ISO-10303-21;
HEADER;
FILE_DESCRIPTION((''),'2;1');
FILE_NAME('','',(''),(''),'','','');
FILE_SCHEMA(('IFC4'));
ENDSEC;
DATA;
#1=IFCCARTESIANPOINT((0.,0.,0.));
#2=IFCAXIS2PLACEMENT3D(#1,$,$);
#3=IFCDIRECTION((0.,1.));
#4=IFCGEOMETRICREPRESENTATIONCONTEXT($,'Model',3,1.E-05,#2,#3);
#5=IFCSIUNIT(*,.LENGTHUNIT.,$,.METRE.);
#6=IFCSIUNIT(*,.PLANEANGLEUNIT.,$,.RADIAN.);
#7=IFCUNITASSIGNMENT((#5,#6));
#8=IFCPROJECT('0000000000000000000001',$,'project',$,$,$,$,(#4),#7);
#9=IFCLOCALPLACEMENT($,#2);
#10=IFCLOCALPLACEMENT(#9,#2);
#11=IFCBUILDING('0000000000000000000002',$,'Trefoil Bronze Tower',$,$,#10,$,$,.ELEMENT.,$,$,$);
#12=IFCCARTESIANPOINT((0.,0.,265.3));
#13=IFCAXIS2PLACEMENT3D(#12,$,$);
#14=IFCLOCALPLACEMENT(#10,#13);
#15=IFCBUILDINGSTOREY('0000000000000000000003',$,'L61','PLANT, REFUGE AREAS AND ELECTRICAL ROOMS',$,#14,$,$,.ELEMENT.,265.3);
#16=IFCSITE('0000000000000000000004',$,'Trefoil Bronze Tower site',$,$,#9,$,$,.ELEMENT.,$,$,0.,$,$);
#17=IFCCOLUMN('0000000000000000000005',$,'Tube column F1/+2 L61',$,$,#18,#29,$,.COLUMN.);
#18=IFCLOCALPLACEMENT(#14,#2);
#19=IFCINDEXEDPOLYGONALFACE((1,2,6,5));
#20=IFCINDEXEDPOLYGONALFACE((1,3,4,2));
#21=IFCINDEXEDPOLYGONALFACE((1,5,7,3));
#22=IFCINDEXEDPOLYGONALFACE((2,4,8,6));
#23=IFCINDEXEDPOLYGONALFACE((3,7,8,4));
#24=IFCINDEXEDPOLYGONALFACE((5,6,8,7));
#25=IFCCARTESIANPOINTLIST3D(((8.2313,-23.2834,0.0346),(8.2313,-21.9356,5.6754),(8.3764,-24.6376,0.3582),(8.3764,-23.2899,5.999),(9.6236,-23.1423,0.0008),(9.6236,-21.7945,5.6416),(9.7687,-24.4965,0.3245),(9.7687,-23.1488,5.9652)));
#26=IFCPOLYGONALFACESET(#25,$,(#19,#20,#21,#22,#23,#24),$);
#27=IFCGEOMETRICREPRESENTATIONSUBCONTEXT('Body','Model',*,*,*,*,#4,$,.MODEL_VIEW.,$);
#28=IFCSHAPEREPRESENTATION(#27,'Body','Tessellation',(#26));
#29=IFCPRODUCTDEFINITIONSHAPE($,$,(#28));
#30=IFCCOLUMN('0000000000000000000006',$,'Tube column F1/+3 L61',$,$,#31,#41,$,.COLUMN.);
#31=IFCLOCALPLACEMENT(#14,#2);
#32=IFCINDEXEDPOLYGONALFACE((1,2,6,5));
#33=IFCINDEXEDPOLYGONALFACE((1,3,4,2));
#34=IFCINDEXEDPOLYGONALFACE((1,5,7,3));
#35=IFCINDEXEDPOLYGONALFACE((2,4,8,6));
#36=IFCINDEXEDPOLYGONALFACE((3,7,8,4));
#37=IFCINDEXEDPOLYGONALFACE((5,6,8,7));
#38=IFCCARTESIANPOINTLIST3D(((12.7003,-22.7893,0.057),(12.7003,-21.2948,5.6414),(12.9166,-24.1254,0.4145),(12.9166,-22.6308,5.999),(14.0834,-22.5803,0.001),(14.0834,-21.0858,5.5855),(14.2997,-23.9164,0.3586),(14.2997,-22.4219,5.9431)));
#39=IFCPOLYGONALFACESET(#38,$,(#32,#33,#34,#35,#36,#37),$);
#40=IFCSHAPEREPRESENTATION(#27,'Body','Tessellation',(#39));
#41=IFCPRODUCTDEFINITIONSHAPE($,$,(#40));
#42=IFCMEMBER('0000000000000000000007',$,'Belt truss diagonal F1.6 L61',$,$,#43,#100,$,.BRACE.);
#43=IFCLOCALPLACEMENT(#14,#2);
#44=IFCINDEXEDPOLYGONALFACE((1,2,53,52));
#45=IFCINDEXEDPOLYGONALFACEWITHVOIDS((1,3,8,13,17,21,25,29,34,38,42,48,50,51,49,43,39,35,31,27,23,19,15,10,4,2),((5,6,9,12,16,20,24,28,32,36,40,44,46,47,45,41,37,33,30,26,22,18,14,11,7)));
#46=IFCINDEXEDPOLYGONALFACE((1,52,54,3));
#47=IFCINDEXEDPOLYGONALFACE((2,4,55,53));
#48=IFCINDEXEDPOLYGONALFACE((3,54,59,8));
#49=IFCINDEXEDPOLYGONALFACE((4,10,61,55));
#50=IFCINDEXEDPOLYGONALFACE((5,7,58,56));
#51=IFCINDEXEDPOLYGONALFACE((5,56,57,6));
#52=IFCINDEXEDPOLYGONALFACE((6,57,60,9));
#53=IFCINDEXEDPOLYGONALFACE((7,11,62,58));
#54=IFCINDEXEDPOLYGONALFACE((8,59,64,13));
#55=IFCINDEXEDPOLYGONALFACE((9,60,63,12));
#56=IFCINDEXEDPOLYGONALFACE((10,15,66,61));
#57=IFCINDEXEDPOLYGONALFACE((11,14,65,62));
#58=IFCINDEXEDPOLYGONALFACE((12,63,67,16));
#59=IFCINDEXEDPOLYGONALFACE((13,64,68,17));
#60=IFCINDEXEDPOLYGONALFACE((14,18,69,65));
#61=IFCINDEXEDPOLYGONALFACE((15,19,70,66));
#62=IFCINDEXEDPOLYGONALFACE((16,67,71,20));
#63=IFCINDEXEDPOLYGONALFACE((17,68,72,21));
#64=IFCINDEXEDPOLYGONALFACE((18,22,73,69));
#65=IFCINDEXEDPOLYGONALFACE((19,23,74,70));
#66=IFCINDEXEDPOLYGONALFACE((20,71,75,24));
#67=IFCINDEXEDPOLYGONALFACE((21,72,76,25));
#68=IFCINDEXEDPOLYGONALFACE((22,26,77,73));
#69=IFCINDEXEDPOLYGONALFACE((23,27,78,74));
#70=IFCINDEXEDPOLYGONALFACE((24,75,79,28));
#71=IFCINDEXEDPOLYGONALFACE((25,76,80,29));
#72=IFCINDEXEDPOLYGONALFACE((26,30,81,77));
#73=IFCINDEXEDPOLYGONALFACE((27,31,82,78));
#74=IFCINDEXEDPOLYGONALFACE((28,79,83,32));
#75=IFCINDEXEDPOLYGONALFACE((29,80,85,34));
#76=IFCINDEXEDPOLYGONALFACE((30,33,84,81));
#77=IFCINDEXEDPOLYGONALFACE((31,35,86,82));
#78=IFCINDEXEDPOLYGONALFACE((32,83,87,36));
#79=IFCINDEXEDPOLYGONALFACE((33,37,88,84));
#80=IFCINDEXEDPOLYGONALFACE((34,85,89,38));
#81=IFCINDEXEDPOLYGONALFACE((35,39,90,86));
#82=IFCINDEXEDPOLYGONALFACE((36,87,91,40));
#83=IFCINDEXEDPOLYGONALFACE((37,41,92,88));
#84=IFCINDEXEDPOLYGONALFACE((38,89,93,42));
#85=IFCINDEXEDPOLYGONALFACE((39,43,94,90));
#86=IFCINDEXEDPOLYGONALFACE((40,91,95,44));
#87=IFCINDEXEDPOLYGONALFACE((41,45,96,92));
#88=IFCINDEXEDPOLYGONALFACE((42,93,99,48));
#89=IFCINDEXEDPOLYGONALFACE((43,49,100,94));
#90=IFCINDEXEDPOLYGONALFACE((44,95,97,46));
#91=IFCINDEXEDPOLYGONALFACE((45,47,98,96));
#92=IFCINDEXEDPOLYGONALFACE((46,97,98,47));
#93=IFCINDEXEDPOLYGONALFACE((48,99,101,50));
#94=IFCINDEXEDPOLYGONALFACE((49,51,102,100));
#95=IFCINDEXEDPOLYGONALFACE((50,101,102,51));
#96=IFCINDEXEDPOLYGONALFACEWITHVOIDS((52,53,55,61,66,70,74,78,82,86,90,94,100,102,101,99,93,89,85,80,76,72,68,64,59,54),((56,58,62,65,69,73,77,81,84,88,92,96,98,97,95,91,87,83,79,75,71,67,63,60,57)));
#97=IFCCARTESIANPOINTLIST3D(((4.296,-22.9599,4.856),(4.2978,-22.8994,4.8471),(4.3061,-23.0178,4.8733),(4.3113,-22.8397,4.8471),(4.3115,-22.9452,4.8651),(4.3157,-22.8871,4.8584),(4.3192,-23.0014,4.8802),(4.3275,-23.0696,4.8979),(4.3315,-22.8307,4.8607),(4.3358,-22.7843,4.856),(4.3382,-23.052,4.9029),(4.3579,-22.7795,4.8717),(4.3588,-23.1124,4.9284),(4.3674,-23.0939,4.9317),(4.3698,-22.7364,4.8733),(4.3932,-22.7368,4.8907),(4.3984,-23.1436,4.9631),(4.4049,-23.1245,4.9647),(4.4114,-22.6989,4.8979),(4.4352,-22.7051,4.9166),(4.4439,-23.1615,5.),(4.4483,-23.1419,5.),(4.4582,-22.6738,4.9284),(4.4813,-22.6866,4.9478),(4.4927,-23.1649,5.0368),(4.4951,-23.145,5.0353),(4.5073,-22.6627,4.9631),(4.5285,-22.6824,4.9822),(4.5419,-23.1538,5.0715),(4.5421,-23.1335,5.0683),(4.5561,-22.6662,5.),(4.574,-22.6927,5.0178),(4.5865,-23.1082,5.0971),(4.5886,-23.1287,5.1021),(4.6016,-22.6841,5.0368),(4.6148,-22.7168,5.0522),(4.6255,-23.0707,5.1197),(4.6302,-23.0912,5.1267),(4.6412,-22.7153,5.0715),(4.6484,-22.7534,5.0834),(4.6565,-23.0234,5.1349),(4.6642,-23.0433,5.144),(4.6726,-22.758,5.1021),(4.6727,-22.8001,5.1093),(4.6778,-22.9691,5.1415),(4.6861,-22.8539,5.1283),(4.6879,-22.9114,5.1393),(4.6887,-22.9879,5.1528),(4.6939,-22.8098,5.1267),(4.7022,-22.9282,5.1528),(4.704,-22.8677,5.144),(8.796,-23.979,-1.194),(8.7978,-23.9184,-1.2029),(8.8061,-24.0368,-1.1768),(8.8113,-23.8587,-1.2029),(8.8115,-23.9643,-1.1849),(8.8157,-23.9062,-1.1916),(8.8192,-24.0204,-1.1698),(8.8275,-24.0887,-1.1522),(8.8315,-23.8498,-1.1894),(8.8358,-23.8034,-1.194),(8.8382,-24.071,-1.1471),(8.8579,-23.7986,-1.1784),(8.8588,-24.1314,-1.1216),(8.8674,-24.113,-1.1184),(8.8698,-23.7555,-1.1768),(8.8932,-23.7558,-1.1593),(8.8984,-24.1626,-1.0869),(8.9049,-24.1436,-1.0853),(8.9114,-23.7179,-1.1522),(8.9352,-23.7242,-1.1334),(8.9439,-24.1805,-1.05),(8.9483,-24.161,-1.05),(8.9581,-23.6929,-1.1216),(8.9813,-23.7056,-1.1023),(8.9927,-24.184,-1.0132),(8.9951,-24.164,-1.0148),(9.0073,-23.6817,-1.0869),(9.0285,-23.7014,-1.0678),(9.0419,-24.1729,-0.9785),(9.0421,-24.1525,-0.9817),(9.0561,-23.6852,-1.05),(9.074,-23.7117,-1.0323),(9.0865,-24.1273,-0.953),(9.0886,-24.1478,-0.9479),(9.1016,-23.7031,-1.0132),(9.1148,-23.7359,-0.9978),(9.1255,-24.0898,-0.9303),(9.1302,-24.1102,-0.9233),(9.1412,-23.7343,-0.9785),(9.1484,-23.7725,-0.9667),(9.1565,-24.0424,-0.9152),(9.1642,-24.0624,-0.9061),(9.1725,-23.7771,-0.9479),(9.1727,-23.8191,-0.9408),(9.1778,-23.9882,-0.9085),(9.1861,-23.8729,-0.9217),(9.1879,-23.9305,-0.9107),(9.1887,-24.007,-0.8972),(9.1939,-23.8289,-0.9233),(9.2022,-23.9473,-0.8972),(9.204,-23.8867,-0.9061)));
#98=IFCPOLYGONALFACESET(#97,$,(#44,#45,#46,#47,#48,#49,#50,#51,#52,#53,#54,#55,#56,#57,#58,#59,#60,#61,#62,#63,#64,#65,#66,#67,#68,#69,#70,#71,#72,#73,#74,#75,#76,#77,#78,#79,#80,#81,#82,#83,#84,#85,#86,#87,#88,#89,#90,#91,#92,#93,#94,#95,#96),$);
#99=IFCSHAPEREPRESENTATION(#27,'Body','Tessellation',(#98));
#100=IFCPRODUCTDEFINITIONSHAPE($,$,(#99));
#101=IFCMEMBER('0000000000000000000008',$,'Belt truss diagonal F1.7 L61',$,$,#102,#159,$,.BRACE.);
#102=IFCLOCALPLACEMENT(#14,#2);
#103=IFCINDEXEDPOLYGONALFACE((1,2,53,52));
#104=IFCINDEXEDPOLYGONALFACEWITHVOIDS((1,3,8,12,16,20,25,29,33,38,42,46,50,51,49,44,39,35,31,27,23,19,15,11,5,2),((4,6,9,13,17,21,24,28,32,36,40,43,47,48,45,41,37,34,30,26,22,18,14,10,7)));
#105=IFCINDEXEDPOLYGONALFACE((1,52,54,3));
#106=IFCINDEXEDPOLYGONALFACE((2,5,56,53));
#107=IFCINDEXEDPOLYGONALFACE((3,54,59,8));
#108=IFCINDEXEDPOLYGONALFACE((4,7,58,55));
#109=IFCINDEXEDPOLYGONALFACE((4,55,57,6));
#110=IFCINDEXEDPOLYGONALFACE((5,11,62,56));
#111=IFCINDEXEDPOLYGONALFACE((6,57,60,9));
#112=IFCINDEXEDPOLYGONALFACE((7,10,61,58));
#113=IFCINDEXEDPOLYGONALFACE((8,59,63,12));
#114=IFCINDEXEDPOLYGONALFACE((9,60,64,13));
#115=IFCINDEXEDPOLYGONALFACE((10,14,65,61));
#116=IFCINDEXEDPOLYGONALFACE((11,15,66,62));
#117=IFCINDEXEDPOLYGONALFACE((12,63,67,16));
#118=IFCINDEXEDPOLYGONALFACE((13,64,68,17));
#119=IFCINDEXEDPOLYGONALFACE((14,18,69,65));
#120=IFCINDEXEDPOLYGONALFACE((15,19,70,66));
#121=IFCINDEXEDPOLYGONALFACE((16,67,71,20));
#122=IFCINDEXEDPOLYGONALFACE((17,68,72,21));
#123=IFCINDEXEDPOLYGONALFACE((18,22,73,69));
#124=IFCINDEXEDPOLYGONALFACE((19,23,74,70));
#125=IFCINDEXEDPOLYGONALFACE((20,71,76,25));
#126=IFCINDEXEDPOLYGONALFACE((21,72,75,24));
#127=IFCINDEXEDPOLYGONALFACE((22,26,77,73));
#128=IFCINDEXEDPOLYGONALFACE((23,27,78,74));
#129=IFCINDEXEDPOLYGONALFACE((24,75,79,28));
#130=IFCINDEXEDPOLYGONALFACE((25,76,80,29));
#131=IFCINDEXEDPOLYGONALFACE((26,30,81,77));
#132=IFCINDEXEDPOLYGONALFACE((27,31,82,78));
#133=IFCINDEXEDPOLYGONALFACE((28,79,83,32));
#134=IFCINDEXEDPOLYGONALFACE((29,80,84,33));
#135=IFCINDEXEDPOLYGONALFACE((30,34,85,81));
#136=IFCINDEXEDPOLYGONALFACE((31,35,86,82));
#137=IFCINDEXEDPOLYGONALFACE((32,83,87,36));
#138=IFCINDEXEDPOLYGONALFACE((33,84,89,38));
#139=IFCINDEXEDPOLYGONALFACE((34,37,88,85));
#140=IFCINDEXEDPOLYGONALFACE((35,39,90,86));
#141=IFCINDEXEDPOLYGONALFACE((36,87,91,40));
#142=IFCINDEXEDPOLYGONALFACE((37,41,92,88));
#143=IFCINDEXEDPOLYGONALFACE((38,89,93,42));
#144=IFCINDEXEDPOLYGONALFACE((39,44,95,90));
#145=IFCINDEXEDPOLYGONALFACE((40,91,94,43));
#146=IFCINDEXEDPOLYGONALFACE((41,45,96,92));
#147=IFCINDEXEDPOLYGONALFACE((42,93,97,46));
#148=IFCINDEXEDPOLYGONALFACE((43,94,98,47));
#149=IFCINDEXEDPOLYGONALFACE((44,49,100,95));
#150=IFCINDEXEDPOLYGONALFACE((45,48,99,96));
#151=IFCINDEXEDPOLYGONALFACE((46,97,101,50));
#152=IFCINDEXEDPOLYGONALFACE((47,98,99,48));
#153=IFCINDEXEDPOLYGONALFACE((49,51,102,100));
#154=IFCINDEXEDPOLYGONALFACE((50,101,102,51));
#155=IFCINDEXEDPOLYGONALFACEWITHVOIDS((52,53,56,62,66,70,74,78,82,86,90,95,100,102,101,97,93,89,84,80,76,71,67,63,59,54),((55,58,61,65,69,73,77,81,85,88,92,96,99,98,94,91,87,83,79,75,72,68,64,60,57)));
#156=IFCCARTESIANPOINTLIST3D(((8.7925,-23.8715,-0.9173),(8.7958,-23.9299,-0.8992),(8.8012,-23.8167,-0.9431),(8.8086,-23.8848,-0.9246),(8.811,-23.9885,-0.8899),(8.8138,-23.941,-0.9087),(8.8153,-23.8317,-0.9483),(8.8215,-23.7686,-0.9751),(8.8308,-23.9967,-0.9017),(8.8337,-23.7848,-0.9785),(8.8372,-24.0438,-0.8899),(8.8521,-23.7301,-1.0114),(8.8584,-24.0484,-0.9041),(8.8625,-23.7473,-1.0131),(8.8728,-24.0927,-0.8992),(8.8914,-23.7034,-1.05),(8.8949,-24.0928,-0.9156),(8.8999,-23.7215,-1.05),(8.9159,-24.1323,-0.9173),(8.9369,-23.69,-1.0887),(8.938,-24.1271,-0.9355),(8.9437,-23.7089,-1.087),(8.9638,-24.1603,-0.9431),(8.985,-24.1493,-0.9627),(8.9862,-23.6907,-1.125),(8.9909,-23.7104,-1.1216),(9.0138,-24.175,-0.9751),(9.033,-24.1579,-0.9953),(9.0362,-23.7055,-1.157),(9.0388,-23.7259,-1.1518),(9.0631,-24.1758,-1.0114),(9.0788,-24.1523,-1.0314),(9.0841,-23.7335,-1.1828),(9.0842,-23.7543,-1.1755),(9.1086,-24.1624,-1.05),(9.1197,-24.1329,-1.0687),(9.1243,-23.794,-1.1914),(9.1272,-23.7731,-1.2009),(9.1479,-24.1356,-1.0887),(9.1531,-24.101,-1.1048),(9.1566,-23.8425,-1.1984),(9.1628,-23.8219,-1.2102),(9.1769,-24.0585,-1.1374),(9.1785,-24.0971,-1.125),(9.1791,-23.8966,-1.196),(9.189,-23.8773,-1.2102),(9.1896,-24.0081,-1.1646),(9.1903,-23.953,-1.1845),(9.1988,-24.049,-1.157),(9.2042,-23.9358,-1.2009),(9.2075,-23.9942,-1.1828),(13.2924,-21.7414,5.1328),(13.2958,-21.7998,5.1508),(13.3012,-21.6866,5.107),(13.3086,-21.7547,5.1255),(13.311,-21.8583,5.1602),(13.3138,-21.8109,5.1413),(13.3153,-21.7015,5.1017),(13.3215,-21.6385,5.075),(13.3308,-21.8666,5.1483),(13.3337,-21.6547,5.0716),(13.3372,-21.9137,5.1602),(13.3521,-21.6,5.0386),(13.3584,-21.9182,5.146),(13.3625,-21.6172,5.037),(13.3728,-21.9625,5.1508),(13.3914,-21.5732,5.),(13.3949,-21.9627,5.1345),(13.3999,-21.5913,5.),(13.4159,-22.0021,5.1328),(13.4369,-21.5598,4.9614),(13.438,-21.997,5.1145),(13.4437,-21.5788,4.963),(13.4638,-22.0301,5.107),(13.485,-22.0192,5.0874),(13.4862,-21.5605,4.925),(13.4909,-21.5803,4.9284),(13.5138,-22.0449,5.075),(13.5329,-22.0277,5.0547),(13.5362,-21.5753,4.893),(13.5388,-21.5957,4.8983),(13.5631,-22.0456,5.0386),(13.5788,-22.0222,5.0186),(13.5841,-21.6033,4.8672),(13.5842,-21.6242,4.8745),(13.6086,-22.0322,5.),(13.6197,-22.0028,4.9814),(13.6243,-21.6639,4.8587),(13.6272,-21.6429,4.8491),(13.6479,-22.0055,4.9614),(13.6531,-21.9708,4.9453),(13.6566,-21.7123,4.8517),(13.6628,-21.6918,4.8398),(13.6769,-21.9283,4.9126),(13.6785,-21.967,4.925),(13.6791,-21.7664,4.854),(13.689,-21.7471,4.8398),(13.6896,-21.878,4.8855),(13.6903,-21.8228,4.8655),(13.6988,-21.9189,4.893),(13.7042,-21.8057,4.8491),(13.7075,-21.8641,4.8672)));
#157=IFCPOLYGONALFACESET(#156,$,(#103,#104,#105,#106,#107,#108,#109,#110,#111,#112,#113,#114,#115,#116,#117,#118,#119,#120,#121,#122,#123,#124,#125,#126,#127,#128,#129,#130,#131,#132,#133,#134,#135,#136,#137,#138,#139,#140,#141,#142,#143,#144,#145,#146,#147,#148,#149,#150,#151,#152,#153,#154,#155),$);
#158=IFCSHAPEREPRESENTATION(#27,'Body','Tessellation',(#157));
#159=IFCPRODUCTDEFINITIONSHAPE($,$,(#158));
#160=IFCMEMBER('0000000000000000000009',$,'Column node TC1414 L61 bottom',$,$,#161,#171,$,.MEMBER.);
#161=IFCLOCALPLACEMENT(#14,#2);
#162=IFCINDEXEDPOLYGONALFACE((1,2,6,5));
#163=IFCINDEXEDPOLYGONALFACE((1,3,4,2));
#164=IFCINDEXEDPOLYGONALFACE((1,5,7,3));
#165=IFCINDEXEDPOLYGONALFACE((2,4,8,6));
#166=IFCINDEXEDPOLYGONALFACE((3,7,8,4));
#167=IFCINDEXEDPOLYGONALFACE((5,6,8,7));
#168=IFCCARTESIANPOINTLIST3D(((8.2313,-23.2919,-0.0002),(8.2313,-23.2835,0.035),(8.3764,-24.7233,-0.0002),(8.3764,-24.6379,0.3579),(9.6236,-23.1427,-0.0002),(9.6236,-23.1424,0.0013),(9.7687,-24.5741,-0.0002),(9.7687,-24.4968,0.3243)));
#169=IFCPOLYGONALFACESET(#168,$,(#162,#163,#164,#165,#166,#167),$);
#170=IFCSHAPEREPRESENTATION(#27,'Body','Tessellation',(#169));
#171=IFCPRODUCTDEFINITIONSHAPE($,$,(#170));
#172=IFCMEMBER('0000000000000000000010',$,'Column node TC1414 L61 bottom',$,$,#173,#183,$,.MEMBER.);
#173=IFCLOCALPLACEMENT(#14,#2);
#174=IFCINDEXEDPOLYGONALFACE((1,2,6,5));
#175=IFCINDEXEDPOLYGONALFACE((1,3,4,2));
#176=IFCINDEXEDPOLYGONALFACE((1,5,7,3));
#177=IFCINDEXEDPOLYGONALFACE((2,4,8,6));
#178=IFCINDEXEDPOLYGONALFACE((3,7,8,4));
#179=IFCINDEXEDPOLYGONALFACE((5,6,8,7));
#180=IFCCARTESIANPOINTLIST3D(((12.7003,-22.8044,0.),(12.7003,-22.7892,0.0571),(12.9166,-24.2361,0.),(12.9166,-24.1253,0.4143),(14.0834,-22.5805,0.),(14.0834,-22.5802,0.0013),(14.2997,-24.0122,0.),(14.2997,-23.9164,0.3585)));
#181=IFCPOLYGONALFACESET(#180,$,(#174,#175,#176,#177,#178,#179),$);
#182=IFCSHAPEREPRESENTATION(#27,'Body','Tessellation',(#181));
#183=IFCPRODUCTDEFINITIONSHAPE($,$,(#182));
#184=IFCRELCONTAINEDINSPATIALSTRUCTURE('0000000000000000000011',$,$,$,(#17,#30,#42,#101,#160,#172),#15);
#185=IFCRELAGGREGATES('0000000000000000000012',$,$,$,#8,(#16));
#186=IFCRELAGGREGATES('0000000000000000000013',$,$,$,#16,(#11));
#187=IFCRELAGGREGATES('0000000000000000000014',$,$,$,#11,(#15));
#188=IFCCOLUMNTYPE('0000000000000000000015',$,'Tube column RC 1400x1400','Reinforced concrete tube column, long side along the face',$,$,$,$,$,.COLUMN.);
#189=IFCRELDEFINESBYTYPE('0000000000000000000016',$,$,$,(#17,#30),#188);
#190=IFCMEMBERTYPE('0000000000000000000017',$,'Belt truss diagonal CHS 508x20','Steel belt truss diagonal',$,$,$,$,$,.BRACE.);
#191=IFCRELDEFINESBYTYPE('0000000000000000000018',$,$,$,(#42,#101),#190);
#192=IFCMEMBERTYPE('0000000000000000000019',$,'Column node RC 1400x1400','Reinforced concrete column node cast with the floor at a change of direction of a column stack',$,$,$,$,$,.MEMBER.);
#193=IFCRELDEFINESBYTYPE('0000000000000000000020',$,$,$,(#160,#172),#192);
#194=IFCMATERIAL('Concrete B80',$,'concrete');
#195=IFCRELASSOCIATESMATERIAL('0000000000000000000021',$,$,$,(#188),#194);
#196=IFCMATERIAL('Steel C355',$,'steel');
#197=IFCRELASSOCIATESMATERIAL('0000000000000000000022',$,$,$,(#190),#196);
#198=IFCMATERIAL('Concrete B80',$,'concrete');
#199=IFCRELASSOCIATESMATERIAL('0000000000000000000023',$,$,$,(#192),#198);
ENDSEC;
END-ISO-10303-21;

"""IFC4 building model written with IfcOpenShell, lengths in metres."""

from ifc_helpers import new_model, si_unit, direction, frame, origin, origin_2d, place, context, subcontext, project, spatial, rectangle, hollow_circle, extrude, clip, halfspace, material, material_profile, profile_set, type_object, element, save


model = new_model("IFC4")

# Units and contexts
model_context = context("Model", 3, precision=1e-05, world=origin(), true_north=direction((0.0, 1.0)))
body_context = subcontext(model_context, "Body", "Model", "MODEL_VIEW")
ifc_project = project(units=[si_unit("LENGTHUNIT", "METRE"), si_unit("PLANEANGLEUNIT", "RADIAN")], contexts=[model_context])

# Site, building, storey
site_placement = place(None, origin())
site = spatial("IfcSite", under=ifc_project, at=site_placement, Name="Trefoil Bronze Tower site", CompositionType="ELEMENT", RefElevation=0.0)
building_placement = place(site_placement, origin())
building = spatial("IfcBuilding", under=site, at=building_placement, Name="Trefoil Bronze Tower", CompositionType="ELEMENT")
storey_placement = place(building_placement, frame((0.0, 0.0, 265.3)))
storey = spatial("IfcBuildingStorey", under=building, at=storey_placement, Name="L61", Description="PLANT, REFUGE AREAS AND ELECTRICAL ROOMS", CompositionType="ELEMENT", Elevation=265.3)

# Columns
ifc_material_1 = material(Name="Concrete B80", Category="concrete")
ifc_material_profile_1 = material_profile(ifc_material_1, rectangle(XDim=1.3999, YDim=1.3999, at=origin_2d()), Name="RC 1400x1400")
ifc_profile_set_1 = profile_set([ifc_material_profile_1], Name="Concrete B80")
column_type = type_object("IfcColumnType", Name="Tube column RC 1400x1400", Description="Reinforced concrete tube column, long side along the face", PredefinedType="COLUMN", material=ifc_profile_set_1)
column_1_placement = place(storey_placement, frame((9.0, -23.9329, 0.0), z_axis=(0.0, 0.232391, 0.972622), x_axis=(0.994615, 0.100799, -0.024084)))
element("IfcColumn", 1, at=column_1_placement, inside=storey, type_object=column_type, Name="Tube column F1/+2 L61", PredefinedType="COLUMN", context=body_context, shape_type="Clipping", body=[
    clip(clip(extrude(rectangle(XDim=1.3999, YDim=1.3999, at=origin_2d()), origin(), (0.0, 0.0, 1.0), 6.1689), halfspace(frame((0.0, 0.0, 0.1846), z_axis=(0.000003, 0.000033, 1.0), x_axis=(0.0, 1.0, -0.000033)), True)), halfspace(frame((0.0, 0.0, 5.9841), z_axis=(-0.000003, -0.000033, -1.0), x_axis=(0.0, -1.0, 0.000033)), True)),
])
column_2_placement = place(storey_placement, frame((13.5, -23.4084, 0.0), z_axis=(0.0, 0.258521, 0.966006), x_axis=(0.987992, 0.149254, -0.039943)))
element("IfcColumn", 2, at=column_2_placement, inside=storey, type_object=column_type, Name="Tube column F1/+3 L61", PredefinedType="COLUMN", context=body_context, shape_type="Clipping", body=[
    clip(clip(extrude(rectangle(XDim=1.3999, YDim=1.3999, at=origin_2d()), origin(), (0.0, 0.0, 1.0), 6.2112), halfspace(frame((0.0, 0.0, 0.2151), z_axis=(-0.000002, -0.00001, 1.0), x_axis=(0.0, 1.0, 0.00001)), True)), halfspace(frame((0.0, 0.0, 5.9961), z_axis=(0.000002, 0.00001, -1.0), x_axis=(0.0, -1.0, -0.00001)), True)),
])

# Members
ifc_material_2 = material(Name="Steel C355", Category="steel")
ifc_material_profile_2 = material_profile(ifc_material_2, hollow_circle(Radius=0.2539, WallThickness=0.02, at=origin_2d()), Name="CHS 508x20")
ifc_profile_set_2 = profile_set([ifc_material_profile_2], Name="Steel C355")
member_type_1 = type_object("IfcMemberType", Name="Belt truss diagonal CHS 508x20", Description="Steel belt truss diagonal", PredefinedType="BRACE", material=ifc_profile_set_2)
member_1_placement = place(storey_placement, frame((9.0, -23.9329, -1.05), z_axis=(-0.591432, 0.133932, 0.795154), x_axis=(-0.220862, -0.975305, 0.0)))
element("IfcMember", 3, at=member_1_placement, inside=storey, type_object=member_type_1, Name="Belt truss diagonal F1.6 L61", PredefinedType="BRACE", context=body_context, shape_type="SweptSolid", body=[
    extrude(hollow_circle(Radius=0.2539, WallThickness=0.02, at=origin_2d()), origin(), (0.0, 0.0, 1.0), 7.6086),
])
member_2_placement = place(storey_placement, frame((9.0, -23.9329, -1.05), z_axis=(0.57433, 0.271866, 0.772162), x_axis=(-0.427848, 0.903851, 0.0)))
element("IfcMember", 4, at=member_2_placement, inside=storey, type_object=member_type_1, Name="Belt truss diagonal F1.7 L61", PredefinedType="BRACE", context=body_context, shape_type="SweptSolid", body=[
    extrude(hollow_circle(Radius=0.2539, WallThickness=0.02, at=origin_2d()), origin(), (0.0, 0.0, 1.0), 7.8352),
])
ifc_material_3 = material(Name="Concrete B80", Category="concrete")
ifc_material_profile_3 = material_profile(ifc_material_3, rectangle(XDim=1.3999, YDim=1.3999, at=origin_2d()), Name="RC 1400x1400")
ifc_profile_set_3 = profile_set([ifc_material_profile_3], Name="Concrete B80")
member_type_2 = type_object("IfcMemberType", Name="Column node RC 1400x1400", Description="Reinforced concrete column node cast with the floor at a change of direction of a column stack", PredefinedType="MEMBER", material=ifc_profile_set_3)
member_3_placement = place(storey_placement, frame((9.0, -23.9758, -0.1797), z_axis=(0.0, 0.231948, 0.972728), x_axis=(0.994615, 0.10081, -0.024038)))
element("IfcMember", 5, at=member_3_placement, inside=storey, type_object=member_type_2, Name="Column node TC1414 L61 bottom", PredefinedType="MEMBER", context=body_context, shape_type="Clipping", body=[
    clip(extrude(rectangle(XDim=1.3999, YDim=1.3999, at=origin_2d()), origin(), (0.0, 0.0, 1.0), 0.3694), halfspace(frame((0.0, 0.0, 0.1846), z_axis=(-0.024038, -0.230699, 0.972728), x_axis=(0.0, 0.973009, 0.230766)), True)),
])
member_4_placement = place(storey_placement, frame((13.5, -23.4639, -0.2078), z_axis=(0.0, 0.258263, 0.966075), x_axis=(0.987992, 0.149265, -0.039903)))
element("IfcMember", 6, at=member_4_placement, inside=storey, type_object=member_type_2, Name="Column node TC1414 L61 bottom", PredefinedType="MEMBER", context=body_context, shape_type="Clipping", body=[
    clip(extrude(rectangle(XDim=1.3999, YDim=1.3999, at=origin_2d()), origin(), (0.0, 0.0, 1.0), 0.4302), halfspace(frame((0.0, 0.0, 0.2151), z_axis=(-0.039903, -0.255162, 0.966075), x_axis=(0.0, 0.966845, 0.255365)), True)),
])

save(model, "model.ifc")
